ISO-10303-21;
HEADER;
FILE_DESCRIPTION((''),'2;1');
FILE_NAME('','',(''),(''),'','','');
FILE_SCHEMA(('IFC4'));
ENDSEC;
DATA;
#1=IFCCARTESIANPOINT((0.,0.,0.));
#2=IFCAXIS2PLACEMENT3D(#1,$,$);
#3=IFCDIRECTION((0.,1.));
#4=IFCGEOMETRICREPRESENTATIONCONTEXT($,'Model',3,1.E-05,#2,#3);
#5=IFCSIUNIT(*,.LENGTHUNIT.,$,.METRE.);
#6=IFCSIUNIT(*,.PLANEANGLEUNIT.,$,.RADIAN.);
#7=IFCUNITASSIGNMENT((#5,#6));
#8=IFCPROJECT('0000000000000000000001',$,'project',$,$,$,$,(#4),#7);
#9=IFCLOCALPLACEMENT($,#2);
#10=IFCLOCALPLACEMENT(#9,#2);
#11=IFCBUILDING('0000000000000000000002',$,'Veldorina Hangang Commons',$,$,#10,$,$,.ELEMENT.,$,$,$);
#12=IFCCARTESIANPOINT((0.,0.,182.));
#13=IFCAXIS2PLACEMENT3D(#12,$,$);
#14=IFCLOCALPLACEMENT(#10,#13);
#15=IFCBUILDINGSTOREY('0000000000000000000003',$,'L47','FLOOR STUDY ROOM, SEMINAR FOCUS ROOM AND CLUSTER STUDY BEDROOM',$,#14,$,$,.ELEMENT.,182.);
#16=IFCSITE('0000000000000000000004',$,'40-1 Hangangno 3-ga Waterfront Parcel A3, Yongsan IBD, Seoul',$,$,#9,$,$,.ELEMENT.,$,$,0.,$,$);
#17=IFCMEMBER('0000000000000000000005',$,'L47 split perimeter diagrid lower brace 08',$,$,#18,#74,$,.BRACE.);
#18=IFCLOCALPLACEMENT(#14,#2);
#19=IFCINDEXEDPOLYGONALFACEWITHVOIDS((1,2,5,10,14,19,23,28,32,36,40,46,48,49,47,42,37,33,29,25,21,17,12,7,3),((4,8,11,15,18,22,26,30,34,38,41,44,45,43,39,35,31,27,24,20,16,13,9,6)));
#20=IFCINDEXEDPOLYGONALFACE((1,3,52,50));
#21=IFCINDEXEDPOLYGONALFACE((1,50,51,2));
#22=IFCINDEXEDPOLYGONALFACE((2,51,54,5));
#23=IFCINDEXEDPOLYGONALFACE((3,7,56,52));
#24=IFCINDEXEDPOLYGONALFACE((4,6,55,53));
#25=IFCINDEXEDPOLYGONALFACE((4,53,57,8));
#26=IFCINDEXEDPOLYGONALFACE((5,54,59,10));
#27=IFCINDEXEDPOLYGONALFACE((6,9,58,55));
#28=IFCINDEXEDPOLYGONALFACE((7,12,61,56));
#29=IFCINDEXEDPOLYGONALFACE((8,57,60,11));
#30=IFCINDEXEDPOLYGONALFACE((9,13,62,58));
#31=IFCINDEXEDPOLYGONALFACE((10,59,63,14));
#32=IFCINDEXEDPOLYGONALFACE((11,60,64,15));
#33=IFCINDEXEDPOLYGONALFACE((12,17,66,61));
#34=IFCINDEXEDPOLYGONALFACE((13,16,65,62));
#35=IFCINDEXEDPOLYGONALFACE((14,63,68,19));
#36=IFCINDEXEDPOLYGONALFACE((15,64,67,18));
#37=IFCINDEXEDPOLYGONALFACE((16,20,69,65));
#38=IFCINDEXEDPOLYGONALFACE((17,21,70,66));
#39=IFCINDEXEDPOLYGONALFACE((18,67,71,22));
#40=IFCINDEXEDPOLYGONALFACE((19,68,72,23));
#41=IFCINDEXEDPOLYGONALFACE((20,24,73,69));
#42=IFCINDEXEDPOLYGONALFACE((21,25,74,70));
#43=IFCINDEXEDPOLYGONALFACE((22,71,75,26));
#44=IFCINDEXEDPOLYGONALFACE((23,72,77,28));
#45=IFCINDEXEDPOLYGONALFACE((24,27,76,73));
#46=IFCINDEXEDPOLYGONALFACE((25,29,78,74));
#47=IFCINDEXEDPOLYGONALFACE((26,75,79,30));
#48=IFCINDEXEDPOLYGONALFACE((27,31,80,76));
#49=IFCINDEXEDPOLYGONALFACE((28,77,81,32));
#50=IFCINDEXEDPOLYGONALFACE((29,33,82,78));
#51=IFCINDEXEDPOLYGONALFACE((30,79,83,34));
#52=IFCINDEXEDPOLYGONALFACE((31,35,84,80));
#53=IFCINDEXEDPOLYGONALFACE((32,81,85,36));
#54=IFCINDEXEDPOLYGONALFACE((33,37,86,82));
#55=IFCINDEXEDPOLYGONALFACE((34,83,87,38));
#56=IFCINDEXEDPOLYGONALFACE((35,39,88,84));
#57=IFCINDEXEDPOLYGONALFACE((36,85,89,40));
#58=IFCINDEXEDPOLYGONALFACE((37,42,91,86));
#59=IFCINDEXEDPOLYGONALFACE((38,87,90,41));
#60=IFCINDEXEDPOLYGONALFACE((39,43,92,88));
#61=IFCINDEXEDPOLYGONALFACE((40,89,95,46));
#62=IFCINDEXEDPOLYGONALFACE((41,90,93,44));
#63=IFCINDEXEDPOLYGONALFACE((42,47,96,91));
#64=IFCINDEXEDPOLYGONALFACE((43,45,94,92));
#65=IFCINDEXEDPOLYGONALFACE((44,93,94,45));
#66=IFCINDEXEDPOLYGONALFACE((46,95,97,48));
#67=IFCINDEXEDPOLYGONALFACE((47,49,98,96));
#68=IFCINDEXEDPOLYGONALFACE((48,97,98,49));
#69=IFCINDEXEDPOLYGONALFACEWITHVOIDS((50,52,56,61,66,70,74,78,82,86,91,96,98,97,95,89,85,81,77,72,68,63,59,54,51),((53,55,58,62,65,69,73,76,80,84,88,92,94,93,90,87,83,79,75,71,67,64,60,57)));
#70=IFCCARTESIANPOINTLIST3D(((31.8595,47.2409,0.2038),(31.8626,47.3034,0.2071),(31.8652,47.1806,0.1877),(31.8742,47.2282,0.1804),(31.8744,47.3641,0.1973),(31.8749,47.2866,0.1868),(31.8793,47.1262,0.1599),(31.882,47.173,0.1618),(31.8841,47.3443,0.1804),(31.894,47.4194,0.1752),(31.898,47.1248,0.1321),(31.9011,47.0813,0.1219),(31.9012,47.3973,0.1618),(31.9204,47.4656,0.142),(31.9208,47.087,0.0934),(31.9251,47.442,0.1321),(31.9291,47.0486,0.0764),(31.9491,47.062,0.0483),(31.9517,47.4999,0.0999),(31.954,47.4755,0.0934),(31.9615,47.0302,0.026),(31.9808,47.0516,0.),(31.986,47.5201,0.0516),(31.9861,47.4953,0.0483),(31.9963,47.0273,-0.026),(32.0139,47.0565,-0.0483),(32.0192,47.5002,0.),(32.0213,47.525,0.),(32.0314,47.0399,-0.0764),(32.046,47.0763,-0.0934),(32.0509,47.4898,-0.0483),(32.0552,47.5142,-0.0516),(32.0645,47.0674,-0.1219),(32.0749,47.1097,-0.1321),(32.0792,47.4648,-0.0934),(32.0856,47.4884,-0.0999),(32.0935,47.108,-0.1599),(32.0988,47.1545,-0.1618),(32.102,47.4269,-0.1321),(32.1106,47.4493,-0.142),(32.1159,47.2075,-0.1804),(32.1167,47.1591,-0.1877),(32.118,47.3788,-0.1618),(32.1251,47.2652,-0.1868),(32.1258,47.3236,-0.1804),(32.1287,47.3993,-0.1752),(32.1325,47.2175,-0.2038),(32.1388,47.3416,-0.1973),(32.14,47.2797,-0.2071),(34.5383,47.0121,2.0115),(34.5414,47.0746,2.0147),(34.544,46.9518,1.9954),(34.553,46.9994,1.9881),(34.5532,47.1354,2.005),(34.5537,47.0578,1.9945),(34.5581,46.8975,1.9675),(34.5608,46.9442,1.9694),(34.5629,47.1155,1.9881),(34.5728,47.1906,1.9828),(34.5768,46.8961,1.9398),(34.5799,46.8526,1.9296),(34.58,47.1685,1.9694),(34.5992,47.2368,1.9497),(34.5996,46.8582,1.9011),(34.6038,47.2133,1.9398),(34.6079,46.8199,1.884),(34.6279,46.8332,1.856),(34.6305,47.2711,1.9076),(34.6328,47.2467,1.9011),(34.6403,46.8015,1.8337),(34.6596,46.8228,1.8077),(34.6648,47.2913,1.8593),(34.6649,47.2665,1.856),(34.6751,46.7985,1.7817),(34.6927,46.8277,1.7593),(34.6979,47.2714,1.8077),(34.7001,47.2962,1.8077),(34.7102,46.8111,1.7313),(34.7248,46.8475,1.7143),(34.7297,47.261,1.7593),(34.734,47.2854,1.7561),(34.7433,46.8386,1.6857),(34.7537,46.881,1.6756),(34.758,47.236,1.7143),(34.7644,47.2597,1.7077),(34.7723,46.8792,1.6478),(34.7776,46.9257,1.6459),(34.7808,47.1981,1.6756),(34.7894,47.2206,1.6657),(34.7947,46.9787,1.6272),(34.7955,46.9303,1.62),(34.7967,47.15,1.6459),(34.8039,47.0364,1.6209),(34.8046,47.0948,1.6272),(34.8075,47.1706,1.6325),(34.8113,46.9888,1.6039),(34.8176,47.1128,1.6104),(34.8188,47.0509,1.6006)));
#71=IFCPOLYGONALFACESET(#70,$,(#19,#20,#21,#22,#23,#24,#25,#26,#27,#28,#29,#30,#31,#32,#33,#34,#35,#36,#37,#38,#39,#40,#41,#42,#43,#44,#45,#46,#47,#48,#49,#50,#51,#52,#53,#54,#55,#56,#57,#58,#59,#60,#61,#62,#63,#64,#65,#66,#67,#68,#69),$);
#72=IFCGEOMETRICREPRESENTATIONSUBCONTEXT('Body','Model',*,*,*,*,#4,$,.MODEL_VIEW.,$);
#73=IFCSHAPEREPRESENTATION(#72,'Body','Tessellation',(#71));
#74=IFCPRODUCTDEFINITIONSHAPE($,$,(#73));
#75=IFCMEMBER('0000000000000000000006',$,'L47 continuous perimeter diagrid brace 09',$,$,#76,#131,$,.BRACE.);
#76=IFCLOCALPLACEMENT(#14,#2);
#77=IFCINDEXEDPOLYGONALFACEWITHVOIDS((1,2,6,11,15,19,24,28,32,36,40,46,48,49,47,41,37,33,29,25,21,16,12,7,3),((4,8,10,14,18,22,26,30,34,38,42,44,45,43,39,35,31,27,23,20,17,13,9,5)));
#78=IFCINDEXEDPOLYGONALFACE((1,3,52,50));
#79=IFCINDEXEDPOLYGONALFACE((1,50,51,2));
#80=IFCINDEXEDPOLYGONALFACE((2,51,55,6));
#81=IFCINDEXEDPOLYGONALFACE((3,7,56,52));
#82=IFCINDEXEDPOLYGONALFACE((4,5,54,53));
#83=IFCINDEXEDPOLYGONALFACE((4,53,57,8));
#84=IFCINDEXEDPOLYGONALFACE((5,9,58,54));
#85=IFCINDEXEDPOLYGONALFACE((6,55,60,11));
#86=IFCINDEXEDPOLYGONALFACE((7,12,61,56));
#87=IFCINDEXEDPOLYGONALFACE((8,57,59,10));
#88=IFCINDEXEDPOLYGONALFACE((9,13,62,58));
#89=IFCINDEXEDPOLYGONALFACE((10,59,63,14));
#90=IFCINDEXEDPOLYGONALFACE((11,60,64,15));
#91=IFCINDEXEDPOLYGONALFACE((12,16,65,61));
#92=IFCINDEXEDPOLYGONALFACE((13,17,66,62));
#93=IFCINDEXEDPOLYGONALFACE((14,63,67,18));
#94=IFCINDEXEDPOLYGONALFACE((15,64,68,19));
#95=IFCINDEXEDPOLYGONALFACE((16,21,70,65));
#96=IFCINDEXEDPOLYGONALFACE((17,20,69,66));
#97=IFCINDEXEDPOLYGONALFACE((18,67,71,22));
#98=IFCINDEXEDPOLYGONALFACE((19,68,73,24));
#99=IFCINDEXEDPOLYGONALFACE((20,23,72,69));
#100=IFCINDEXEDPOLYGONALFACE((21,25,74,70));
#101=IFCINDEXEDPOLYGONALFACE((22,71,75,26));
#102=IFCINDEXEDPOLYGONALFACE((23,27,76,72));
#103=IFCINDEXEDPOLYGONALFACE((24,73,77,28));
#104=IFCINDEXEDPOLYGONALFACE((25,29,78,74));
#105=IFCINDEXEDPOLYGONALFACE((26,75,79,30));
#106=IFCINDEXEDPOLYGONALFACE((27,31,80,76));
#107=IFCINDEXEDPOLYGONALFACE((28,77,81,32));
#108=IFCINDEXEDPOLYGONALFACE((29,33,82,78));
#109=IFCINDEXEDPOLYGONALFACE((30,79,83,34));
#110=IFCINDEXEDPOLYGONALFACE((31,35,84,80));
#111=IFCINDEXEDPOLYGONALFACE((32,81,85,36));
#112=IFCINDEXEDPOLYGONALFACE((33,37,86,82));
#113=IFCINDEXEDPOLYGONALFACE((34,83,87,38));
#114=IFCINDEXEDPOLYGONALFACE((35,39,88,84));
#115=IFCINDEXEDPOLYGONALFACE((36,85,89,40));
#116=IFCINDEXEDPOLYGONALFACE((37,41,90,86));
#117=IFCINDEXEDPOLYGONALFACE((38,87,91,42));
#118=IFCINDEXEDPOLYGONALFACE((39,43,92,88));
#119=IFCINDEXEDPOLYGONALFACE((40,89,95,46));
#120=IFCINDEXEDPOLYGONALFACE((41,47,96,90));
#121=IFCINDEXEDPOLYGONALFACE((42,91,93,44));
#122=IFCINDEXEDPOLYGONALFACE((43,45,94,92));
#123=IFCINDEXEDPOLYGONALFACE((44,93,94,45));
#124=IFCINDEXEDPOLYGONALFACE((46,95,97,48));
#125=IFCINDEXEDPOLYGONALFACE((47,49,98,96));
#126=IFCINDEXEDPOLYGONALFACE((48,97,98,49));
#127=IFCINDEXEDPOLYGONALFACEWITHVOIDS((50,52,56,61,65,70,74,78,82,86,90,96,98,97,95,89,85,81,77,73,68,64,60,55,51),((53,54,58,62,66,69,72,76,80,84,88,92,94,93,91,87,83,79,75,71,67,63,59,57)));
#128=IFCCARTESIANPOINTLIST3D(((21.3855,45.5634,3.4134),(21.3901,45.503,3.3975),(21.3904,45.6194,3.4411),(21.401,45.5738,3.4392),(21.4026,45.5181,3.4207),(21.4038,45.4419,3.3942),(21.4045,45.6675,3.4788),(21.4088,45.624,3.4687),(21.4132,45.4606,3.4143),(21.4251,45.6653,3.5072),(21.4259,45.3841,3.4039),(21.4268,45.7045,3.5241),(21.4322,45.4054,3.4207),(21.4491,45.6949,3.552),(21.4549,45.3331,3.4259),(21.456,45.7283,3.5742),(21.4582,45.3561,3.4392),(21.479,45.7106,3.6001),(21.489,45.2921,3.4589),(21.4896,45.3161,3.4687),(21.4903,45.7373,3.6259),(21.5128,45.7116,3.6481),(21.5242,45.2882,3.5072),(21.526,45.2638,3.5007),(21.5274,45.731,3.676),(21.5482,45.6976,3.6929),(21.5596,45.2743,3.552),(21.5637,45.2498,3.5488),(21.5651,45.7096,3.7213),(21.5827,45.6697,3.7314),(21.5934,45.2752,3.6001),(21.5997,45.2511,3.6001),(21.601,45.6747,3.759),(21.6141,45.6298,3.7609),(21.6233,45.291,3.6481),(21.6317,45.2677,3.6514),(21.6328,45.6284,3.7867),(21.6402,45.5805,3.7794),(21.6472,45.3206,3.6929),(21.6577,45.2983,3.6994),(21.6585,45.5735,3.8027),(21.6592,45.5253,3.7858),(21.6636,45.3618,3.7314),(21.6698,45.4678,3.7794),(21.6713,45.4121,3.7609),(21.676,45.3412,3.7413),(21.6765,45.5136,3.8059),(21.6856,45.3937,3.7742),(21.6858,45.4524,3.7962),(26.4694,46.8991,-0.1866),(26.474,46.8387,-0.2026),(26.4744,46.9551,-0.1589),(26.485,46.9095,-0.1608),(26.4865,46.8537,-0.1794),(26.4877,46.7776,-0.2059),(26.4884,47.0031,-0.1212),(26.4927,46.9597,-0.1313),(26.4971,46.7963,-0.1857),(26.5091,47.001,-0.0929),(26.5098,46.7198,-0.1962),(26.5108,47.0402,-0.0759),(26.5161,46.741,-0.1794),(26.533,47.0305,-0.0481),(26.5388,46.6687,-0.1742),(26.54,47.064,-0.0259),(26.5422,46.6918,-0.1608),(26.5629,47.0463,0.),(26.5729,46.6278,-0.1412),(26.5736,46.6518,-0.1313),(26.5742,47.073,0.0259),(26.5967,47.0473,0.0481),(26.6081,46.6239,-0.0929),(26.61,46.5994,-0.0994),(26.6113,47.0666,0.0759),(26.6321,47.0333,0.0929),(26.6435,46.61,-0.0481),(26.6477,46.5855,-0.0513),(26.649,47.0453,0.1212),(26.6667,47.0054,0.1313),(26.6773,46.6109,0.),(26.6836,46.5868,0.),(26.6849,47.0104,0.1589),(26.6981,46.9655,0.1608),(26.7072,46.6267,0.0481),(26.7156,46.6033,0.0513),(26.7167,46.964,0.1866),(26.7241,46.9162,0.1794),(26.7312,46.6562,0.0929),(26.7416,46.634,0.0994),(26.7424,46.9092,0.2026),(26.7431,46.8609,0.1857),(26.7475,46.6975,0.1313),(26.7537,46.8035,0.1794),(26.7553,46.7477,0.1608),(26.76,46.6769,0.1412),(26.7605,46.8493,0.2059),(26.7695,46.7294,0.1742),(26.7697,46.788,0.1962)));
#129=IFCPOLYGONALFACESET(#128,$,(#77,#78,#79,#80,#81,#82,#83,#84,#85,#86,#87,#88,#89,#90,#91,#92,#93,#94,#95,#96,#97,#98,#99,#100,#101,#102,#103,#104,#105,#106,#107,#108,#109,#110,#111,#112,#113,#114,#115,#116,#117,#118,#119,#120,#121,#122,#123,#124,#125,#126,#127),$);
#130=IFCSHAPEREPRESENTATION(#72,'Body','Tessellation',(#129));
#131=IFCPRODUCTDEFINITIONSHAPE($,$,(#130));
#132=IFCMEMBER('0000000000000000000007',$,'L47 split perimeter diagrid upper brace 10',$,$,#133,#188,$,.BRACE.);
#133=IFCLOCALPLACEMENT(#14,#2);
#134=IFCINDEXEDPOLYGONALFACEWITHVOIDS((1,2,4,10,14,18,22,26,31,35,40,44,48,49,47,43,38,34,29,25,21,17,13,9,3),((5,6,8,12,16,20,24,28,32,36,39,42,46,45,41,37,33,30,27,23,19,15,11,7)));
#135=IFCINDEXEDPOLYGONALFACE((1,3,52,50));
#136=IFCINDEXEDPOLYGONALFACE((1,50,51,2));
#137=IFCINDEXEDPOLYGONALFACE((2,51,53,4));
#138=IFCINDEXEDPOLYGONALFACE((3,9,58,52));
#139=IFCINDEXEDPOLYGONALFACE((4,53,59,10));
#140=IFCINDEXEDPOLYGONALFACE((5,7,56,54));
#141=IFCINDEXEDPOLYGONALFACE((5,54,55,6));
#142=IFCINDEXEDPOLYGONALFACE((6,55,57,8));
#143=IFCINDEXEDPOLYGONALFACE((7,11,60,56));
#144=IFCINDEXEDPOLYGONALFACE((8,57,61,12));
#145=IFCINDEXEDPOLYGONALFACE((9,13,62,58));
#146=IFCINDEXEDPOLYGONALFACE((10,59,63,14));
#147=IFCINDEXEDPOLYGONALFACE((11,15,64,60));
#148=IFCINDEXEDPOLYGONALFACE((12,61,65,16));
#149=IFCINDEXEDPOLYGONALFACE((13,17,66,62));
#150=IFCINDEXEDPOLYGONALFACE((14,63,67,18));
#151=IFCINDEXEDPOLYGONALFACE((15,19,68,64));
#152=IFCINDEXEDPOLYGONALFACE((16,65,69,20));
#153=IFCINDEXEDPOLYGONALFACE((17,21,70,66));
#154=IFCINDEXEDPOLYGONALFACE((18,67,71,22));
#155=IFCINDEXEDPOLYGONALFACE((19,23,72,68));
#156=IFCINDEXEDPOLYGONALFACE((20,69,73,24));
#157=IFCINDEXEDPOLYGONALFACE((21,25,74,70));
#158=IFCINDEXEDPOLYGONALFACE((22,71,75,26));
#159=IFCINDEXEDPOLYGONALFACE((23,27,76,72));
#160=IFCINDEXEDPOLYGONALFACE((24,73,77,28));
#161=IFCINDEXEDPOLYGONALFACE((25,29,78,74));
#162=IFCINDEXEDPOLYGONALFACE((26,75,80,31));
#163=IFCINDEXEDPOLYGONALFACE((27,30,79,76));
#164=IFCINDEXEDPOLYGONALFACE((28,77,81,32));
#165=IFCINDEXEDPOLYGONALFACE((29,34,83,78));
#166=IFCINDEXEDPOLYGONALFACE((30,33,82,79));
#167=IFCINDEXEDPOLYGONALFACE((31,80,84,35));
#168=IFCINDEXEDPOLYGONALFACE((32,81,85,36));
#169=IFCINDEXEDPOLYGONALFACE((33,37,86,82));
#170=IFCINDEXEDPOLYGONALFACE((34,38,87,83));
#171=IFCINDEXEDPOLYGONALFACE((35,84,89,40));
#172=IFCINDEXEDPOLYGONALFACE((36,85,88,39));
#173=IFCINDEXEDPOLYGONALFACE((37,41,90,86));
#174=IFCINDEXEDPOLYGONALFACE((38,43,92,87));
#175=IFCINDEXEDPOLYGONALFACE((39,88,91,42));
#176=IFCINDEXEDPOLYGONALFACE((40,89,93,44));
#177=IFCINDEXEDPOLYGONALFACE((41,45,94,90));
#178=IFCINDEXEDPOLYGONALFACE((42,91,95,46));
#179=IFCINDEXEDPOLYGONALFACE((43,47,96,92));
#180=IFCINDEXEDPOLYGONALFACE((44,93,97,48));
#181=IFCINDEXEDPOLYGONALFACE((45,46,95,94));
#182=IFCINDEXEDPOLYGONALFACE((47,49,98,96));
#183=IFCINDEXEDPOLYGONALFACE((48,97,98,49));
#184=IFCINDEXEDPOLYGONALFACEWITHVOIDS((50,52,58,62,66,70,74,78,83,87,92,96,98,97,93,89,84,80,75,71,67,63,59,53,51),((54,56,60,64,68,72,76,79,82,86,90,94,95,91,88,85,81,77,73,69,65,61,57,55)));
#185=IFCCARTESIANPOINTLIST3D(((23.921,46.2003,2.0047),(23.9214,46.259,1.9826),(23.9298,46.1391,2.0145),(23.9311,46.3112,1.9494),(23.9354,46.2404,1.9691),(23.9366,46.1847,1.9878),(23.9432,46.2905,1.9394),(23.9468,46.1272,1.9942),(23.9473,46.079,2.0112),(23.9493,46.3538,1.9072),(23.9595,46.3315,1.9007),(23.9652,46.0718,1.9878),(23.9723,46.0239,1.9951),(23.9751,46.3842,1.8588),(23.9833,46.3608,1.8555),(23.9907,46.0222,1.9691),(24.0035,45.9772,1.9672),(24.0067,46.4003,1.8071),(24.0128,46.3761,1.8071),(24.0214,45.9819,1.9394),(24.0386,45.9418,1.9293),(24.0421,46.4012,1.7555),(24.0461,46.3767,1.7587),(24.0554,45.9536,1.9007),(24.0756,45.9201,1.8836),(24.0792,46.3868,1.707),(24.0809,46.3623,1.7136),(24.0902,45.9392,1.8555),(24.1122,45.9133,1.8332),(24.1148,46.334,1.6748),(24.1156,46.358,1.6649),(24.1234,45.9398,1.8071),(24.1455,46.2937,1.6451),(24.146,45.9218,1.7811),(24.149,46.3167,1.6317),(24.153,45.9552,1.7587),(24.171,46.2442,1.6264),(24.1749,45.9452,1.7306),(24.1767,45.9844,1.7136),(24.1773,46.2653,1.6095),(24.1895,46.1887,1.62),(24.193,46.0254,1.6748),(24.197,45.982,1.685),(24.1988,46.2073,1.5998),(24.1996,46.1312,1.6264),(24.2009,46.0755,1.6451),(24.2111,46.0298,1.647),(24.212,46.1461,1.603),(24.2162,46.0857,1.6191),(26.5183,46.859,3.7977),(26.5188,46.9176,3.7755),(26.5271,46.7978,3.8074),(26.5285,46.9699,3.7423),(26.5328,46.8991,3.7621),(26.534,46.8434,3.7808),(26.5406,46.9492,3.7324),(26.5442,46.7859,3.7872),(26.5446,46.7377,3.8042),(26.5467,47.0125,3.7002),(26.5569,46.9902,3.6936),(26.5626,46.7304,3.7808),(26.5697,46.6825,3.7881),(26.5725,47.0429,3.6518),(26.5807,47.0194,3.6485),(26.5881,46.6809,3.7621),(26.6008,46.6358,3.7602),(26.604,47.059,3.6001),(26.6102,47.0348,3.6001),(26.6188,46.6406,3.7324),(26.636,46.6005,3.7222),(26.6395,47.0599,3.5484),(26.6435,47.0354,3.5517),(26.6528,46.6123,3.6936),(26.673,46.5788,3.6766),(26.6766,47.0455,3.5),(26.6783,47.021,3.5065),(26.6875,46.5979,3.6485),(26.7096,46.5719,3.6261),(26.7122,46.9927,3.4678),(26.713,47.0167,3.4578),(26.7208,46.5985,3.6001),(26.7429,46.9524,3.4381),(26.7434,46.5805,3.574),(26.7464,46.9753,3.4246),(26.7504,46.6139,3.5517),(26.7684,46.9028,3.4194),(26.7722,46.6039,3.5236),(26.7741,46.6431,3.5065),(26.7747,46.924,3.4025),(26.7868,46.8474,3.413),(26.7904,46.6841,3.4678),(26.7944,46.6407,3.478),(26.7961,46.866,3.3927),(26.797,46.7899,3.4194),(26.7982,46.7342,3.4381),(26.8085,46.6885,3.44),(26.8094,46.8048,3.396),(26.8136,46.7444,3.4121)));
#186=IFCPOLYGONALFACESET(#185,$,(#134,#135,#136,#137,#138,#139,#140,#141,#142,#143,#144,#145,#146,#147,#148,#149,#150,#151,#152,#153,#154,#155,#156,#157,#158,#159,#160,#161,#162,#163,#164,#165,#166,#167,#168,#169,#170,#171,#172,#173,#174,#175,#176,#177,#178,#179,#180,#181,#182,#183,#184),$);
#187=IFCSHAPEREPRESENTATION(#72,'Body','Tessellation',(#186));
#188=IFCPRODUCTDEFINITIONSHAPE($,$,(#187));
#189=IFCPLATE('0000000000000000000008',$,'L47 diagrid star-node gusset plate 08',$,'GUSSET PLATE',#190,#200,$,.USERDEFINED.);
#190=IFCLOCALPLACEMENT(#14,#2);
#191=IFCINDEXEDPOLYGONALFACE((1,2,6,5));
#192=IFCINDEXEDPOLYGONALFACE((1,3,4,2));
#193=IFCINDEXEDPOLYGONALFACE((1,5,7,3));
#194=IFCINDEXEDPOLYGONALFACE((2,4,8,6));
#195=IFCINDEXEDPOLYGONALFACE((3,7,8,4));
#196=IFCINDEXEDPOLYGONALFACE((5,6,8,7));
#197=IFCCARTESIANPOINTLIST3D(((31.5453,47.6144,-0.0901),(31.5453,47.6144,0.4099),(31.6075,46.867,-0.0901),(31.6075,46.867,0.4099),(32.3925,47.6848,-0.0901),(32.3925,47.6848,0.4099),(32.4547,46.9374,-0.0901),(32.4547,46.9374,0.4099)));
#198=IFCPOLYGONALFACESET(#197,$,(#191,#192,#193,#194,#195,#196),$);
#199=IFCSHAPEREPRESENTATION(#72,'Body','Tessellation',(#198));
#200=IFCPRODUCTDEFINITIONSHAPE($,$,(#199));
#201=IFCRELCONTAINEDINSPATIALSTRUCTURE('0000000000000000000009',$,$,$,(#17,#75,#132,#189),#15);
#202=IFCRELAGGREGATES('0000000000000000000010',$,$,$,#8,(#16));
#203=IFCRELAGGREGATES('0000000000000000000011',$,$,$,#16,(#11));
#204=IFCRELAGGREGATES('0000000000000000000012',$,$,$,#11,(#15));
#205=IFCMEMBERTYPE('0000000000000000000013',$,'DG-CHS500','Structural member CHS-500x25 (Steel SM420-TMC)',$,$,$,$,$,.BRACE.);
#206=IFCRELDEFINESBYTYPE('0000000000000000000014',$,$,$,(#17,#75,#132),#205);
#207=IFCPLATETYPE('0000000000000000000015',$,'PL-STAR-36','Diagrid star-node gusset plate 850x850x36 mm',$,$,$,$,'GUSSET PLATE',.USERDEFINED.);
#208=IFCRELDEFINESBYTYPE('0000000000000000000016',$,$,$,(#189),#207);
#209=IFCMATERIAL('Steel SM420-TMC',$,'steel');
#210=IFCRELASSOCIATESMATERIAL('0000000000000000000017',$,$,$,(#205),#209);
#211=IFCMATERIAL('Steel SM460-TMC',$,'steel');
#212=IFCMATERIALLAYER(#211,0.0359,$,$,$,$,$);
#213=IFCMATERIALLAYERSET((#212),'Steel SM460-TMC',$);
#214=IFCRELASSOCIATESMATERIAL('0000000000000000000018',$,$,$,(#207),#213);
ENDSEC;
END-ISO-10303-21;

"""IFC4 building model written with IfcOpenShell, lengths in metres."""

from ifc_helpers import new_model, si_unit, direction, frame, origin, origin_2d, place, context, subcontext, project, spatial, rectangle, hollow_circle, extrude, material, layer, layer_set, material_profile, profile_set, type_object, element, save


model = new_model("IFC4")

# Units and contexts
model_context = context("Model", 3, precision=1e-05, world=origin(), true_north=direction((0.0, 1.0)))
body_context = subcontext(model_context, "Body", "Model", "MODEL_VIEW")
ifc_project = project(units=[si_unit("LENGTHUNIT", "METRE"), si_unit("PLANEANGLEUNIT", "RADIAN")], contexts=[model_context])

# Site, building, storey
site_placement = place(None, origin())
site = spatial("IfcSite", under=ifc_project, at=site_placement, Name="40-1 Hangangno 3-ga Waterfront Parcel A3, Yongsan IBD, Seoul", CompositionType="ELEMENT", RefElevation=0.0)
building_placement = place(site_placement, origin())
building = spatial("IfcBuilding", under=site, at=building_placement, Name="Veldorina Hangang Commons", CompositionType="ELEMENT")
storey_placement = place(building_placement, frame((0.0, 0.0, 182.0)))
storey = spatial("IfcBuildingStorey", under=building, at=storey_placement, Name="L47", Description="FLOOR STUDY ROOM, SEMINAR FOCUS ROOM AND CLUSTER STUDY BEDROOM", CompositionType="ELEMENT", Elevation=182.0)

# Shared definitions
ifc_material_1 = material(Name="Steel SM420-TMC", Category="steel")

# Members
ifc_material_profile_1 = material_profile(ifc_material_1, hollow_circle(Radius=0.25, WallThickness=0.0249, at=origin_2d()), Name="CHS-500x25")
ifc_profile_set_1 = profile_set([ifc_material_profile_1], Name="Steel SM420-TMC")
member_type = type_object("IfcMemberType", Name="DG-CHS500", Description="Structural member CHS-500x25 (Steel SM420-TMC)", PredefinedType="BRACE", material=ifc_profile_set_1)
member_1_placement = place(storey_placement, frame((32.0, 47.2759, 0.0), z_axis=(0.826853, -0.070613, 0.557968), x_axis=(0.085089, 0.996373, 0.0)))
element("IfcMember", 1, at=member_1_placement, inside=storey, type_object=member_type, Name="L47 split perimeter diagrid lower brace 08", PredefinedType="BRACE", context=body_context, shape_type="SweptSolid", body=[
    extrude(hollow_circle(Radius=0.25, WallThickness=0.0249, at=origin_2d()), origin(), (0.0, 0.0, 1.0), 3.2397),
])
member_2_placement = place(storey_placement, frame((26.6201, 46.8286, 0.0), z_axis=(-0.797968, -0.209647, 0.565062), x_axis=(0.254102, -0.967177, 0.0)))
element("IfcMember", 2, at=member_2_placement, inside=storey, type_object=member_type, Name="L47 continuous perimeter diagrid brace 09", PredefinedType="BRACE", context=body_context, shape_type="SweptSolid", body=[
    extrude(hollow_circle(Radius=0.25, WallThickness=0.0249, at=origin_2d()), origin(), (0.0, 0.0, 1.0), 6.3711),
])
member_3_placement = place(storey_placement, frame((24.0681, 46.158, 1.8071), z_axis=(0.805611, 0.204299, 0.556105), x_axis=(-0.245814, 0.969317, 0.0)))
element("IfcMember", 3, at=member_3_placement, inside=storey, type_object=member_type, Name="L47 split perimeter diagrid upper brace 10", PredefinedType="BRACE", context=body_context, shape_type="SweptSolid", body=[
    extrude(hollow_circle(Radius=0.25, WallThickness=0.0249, at=origin_2d()), origin(), (0.0, 0.0, 1.0), 3.2241),
])

# Plate
ifc_material_2 = material(Name="Steel SM460-TMC", Category="steel")
ifc_layer_1 = layer(ifc_material_2, 0.0359)
ifc_layer_set_1 = layer_set([ifc_layer_1], Name="Steel SM460-TMC")
plate_type = type_object("IfcPlateType", Name="PL-STAR-36", Description="Diagrid star-node gusset plate 850x850x36 mm", ElementType="GUSSET PLATE", PredefinedType="USERDEFINED", material=ifc_layer_set_1)
for number, where, z_axis, x_axis, name in (
    (4, (32.0, 47.2759, -0.0901), (0.0, 0.0, 1.0), (-0.996563, -0.082843, 0.0), "L47 diagrid star-node gusset plate 08"),
):
    element("IfcPlate", number, at=place(storey_placement, frame(where, z_axis=z_axis, x_axis=x_axis)), inside=storey, type_object=plate_type, Name=name, ObjectType="GUSSET PLATE", PredefinedType="USERDEFINED", context=body_context, shape_type="SweptSolid", body=[
        extrude(rectangle(XDim=0.8501, YDim=0.75, at=origin_2d()), origin(), (0.0, 0.0, 1.0), 0.5),
    ])

save(model, "model.ifc")
